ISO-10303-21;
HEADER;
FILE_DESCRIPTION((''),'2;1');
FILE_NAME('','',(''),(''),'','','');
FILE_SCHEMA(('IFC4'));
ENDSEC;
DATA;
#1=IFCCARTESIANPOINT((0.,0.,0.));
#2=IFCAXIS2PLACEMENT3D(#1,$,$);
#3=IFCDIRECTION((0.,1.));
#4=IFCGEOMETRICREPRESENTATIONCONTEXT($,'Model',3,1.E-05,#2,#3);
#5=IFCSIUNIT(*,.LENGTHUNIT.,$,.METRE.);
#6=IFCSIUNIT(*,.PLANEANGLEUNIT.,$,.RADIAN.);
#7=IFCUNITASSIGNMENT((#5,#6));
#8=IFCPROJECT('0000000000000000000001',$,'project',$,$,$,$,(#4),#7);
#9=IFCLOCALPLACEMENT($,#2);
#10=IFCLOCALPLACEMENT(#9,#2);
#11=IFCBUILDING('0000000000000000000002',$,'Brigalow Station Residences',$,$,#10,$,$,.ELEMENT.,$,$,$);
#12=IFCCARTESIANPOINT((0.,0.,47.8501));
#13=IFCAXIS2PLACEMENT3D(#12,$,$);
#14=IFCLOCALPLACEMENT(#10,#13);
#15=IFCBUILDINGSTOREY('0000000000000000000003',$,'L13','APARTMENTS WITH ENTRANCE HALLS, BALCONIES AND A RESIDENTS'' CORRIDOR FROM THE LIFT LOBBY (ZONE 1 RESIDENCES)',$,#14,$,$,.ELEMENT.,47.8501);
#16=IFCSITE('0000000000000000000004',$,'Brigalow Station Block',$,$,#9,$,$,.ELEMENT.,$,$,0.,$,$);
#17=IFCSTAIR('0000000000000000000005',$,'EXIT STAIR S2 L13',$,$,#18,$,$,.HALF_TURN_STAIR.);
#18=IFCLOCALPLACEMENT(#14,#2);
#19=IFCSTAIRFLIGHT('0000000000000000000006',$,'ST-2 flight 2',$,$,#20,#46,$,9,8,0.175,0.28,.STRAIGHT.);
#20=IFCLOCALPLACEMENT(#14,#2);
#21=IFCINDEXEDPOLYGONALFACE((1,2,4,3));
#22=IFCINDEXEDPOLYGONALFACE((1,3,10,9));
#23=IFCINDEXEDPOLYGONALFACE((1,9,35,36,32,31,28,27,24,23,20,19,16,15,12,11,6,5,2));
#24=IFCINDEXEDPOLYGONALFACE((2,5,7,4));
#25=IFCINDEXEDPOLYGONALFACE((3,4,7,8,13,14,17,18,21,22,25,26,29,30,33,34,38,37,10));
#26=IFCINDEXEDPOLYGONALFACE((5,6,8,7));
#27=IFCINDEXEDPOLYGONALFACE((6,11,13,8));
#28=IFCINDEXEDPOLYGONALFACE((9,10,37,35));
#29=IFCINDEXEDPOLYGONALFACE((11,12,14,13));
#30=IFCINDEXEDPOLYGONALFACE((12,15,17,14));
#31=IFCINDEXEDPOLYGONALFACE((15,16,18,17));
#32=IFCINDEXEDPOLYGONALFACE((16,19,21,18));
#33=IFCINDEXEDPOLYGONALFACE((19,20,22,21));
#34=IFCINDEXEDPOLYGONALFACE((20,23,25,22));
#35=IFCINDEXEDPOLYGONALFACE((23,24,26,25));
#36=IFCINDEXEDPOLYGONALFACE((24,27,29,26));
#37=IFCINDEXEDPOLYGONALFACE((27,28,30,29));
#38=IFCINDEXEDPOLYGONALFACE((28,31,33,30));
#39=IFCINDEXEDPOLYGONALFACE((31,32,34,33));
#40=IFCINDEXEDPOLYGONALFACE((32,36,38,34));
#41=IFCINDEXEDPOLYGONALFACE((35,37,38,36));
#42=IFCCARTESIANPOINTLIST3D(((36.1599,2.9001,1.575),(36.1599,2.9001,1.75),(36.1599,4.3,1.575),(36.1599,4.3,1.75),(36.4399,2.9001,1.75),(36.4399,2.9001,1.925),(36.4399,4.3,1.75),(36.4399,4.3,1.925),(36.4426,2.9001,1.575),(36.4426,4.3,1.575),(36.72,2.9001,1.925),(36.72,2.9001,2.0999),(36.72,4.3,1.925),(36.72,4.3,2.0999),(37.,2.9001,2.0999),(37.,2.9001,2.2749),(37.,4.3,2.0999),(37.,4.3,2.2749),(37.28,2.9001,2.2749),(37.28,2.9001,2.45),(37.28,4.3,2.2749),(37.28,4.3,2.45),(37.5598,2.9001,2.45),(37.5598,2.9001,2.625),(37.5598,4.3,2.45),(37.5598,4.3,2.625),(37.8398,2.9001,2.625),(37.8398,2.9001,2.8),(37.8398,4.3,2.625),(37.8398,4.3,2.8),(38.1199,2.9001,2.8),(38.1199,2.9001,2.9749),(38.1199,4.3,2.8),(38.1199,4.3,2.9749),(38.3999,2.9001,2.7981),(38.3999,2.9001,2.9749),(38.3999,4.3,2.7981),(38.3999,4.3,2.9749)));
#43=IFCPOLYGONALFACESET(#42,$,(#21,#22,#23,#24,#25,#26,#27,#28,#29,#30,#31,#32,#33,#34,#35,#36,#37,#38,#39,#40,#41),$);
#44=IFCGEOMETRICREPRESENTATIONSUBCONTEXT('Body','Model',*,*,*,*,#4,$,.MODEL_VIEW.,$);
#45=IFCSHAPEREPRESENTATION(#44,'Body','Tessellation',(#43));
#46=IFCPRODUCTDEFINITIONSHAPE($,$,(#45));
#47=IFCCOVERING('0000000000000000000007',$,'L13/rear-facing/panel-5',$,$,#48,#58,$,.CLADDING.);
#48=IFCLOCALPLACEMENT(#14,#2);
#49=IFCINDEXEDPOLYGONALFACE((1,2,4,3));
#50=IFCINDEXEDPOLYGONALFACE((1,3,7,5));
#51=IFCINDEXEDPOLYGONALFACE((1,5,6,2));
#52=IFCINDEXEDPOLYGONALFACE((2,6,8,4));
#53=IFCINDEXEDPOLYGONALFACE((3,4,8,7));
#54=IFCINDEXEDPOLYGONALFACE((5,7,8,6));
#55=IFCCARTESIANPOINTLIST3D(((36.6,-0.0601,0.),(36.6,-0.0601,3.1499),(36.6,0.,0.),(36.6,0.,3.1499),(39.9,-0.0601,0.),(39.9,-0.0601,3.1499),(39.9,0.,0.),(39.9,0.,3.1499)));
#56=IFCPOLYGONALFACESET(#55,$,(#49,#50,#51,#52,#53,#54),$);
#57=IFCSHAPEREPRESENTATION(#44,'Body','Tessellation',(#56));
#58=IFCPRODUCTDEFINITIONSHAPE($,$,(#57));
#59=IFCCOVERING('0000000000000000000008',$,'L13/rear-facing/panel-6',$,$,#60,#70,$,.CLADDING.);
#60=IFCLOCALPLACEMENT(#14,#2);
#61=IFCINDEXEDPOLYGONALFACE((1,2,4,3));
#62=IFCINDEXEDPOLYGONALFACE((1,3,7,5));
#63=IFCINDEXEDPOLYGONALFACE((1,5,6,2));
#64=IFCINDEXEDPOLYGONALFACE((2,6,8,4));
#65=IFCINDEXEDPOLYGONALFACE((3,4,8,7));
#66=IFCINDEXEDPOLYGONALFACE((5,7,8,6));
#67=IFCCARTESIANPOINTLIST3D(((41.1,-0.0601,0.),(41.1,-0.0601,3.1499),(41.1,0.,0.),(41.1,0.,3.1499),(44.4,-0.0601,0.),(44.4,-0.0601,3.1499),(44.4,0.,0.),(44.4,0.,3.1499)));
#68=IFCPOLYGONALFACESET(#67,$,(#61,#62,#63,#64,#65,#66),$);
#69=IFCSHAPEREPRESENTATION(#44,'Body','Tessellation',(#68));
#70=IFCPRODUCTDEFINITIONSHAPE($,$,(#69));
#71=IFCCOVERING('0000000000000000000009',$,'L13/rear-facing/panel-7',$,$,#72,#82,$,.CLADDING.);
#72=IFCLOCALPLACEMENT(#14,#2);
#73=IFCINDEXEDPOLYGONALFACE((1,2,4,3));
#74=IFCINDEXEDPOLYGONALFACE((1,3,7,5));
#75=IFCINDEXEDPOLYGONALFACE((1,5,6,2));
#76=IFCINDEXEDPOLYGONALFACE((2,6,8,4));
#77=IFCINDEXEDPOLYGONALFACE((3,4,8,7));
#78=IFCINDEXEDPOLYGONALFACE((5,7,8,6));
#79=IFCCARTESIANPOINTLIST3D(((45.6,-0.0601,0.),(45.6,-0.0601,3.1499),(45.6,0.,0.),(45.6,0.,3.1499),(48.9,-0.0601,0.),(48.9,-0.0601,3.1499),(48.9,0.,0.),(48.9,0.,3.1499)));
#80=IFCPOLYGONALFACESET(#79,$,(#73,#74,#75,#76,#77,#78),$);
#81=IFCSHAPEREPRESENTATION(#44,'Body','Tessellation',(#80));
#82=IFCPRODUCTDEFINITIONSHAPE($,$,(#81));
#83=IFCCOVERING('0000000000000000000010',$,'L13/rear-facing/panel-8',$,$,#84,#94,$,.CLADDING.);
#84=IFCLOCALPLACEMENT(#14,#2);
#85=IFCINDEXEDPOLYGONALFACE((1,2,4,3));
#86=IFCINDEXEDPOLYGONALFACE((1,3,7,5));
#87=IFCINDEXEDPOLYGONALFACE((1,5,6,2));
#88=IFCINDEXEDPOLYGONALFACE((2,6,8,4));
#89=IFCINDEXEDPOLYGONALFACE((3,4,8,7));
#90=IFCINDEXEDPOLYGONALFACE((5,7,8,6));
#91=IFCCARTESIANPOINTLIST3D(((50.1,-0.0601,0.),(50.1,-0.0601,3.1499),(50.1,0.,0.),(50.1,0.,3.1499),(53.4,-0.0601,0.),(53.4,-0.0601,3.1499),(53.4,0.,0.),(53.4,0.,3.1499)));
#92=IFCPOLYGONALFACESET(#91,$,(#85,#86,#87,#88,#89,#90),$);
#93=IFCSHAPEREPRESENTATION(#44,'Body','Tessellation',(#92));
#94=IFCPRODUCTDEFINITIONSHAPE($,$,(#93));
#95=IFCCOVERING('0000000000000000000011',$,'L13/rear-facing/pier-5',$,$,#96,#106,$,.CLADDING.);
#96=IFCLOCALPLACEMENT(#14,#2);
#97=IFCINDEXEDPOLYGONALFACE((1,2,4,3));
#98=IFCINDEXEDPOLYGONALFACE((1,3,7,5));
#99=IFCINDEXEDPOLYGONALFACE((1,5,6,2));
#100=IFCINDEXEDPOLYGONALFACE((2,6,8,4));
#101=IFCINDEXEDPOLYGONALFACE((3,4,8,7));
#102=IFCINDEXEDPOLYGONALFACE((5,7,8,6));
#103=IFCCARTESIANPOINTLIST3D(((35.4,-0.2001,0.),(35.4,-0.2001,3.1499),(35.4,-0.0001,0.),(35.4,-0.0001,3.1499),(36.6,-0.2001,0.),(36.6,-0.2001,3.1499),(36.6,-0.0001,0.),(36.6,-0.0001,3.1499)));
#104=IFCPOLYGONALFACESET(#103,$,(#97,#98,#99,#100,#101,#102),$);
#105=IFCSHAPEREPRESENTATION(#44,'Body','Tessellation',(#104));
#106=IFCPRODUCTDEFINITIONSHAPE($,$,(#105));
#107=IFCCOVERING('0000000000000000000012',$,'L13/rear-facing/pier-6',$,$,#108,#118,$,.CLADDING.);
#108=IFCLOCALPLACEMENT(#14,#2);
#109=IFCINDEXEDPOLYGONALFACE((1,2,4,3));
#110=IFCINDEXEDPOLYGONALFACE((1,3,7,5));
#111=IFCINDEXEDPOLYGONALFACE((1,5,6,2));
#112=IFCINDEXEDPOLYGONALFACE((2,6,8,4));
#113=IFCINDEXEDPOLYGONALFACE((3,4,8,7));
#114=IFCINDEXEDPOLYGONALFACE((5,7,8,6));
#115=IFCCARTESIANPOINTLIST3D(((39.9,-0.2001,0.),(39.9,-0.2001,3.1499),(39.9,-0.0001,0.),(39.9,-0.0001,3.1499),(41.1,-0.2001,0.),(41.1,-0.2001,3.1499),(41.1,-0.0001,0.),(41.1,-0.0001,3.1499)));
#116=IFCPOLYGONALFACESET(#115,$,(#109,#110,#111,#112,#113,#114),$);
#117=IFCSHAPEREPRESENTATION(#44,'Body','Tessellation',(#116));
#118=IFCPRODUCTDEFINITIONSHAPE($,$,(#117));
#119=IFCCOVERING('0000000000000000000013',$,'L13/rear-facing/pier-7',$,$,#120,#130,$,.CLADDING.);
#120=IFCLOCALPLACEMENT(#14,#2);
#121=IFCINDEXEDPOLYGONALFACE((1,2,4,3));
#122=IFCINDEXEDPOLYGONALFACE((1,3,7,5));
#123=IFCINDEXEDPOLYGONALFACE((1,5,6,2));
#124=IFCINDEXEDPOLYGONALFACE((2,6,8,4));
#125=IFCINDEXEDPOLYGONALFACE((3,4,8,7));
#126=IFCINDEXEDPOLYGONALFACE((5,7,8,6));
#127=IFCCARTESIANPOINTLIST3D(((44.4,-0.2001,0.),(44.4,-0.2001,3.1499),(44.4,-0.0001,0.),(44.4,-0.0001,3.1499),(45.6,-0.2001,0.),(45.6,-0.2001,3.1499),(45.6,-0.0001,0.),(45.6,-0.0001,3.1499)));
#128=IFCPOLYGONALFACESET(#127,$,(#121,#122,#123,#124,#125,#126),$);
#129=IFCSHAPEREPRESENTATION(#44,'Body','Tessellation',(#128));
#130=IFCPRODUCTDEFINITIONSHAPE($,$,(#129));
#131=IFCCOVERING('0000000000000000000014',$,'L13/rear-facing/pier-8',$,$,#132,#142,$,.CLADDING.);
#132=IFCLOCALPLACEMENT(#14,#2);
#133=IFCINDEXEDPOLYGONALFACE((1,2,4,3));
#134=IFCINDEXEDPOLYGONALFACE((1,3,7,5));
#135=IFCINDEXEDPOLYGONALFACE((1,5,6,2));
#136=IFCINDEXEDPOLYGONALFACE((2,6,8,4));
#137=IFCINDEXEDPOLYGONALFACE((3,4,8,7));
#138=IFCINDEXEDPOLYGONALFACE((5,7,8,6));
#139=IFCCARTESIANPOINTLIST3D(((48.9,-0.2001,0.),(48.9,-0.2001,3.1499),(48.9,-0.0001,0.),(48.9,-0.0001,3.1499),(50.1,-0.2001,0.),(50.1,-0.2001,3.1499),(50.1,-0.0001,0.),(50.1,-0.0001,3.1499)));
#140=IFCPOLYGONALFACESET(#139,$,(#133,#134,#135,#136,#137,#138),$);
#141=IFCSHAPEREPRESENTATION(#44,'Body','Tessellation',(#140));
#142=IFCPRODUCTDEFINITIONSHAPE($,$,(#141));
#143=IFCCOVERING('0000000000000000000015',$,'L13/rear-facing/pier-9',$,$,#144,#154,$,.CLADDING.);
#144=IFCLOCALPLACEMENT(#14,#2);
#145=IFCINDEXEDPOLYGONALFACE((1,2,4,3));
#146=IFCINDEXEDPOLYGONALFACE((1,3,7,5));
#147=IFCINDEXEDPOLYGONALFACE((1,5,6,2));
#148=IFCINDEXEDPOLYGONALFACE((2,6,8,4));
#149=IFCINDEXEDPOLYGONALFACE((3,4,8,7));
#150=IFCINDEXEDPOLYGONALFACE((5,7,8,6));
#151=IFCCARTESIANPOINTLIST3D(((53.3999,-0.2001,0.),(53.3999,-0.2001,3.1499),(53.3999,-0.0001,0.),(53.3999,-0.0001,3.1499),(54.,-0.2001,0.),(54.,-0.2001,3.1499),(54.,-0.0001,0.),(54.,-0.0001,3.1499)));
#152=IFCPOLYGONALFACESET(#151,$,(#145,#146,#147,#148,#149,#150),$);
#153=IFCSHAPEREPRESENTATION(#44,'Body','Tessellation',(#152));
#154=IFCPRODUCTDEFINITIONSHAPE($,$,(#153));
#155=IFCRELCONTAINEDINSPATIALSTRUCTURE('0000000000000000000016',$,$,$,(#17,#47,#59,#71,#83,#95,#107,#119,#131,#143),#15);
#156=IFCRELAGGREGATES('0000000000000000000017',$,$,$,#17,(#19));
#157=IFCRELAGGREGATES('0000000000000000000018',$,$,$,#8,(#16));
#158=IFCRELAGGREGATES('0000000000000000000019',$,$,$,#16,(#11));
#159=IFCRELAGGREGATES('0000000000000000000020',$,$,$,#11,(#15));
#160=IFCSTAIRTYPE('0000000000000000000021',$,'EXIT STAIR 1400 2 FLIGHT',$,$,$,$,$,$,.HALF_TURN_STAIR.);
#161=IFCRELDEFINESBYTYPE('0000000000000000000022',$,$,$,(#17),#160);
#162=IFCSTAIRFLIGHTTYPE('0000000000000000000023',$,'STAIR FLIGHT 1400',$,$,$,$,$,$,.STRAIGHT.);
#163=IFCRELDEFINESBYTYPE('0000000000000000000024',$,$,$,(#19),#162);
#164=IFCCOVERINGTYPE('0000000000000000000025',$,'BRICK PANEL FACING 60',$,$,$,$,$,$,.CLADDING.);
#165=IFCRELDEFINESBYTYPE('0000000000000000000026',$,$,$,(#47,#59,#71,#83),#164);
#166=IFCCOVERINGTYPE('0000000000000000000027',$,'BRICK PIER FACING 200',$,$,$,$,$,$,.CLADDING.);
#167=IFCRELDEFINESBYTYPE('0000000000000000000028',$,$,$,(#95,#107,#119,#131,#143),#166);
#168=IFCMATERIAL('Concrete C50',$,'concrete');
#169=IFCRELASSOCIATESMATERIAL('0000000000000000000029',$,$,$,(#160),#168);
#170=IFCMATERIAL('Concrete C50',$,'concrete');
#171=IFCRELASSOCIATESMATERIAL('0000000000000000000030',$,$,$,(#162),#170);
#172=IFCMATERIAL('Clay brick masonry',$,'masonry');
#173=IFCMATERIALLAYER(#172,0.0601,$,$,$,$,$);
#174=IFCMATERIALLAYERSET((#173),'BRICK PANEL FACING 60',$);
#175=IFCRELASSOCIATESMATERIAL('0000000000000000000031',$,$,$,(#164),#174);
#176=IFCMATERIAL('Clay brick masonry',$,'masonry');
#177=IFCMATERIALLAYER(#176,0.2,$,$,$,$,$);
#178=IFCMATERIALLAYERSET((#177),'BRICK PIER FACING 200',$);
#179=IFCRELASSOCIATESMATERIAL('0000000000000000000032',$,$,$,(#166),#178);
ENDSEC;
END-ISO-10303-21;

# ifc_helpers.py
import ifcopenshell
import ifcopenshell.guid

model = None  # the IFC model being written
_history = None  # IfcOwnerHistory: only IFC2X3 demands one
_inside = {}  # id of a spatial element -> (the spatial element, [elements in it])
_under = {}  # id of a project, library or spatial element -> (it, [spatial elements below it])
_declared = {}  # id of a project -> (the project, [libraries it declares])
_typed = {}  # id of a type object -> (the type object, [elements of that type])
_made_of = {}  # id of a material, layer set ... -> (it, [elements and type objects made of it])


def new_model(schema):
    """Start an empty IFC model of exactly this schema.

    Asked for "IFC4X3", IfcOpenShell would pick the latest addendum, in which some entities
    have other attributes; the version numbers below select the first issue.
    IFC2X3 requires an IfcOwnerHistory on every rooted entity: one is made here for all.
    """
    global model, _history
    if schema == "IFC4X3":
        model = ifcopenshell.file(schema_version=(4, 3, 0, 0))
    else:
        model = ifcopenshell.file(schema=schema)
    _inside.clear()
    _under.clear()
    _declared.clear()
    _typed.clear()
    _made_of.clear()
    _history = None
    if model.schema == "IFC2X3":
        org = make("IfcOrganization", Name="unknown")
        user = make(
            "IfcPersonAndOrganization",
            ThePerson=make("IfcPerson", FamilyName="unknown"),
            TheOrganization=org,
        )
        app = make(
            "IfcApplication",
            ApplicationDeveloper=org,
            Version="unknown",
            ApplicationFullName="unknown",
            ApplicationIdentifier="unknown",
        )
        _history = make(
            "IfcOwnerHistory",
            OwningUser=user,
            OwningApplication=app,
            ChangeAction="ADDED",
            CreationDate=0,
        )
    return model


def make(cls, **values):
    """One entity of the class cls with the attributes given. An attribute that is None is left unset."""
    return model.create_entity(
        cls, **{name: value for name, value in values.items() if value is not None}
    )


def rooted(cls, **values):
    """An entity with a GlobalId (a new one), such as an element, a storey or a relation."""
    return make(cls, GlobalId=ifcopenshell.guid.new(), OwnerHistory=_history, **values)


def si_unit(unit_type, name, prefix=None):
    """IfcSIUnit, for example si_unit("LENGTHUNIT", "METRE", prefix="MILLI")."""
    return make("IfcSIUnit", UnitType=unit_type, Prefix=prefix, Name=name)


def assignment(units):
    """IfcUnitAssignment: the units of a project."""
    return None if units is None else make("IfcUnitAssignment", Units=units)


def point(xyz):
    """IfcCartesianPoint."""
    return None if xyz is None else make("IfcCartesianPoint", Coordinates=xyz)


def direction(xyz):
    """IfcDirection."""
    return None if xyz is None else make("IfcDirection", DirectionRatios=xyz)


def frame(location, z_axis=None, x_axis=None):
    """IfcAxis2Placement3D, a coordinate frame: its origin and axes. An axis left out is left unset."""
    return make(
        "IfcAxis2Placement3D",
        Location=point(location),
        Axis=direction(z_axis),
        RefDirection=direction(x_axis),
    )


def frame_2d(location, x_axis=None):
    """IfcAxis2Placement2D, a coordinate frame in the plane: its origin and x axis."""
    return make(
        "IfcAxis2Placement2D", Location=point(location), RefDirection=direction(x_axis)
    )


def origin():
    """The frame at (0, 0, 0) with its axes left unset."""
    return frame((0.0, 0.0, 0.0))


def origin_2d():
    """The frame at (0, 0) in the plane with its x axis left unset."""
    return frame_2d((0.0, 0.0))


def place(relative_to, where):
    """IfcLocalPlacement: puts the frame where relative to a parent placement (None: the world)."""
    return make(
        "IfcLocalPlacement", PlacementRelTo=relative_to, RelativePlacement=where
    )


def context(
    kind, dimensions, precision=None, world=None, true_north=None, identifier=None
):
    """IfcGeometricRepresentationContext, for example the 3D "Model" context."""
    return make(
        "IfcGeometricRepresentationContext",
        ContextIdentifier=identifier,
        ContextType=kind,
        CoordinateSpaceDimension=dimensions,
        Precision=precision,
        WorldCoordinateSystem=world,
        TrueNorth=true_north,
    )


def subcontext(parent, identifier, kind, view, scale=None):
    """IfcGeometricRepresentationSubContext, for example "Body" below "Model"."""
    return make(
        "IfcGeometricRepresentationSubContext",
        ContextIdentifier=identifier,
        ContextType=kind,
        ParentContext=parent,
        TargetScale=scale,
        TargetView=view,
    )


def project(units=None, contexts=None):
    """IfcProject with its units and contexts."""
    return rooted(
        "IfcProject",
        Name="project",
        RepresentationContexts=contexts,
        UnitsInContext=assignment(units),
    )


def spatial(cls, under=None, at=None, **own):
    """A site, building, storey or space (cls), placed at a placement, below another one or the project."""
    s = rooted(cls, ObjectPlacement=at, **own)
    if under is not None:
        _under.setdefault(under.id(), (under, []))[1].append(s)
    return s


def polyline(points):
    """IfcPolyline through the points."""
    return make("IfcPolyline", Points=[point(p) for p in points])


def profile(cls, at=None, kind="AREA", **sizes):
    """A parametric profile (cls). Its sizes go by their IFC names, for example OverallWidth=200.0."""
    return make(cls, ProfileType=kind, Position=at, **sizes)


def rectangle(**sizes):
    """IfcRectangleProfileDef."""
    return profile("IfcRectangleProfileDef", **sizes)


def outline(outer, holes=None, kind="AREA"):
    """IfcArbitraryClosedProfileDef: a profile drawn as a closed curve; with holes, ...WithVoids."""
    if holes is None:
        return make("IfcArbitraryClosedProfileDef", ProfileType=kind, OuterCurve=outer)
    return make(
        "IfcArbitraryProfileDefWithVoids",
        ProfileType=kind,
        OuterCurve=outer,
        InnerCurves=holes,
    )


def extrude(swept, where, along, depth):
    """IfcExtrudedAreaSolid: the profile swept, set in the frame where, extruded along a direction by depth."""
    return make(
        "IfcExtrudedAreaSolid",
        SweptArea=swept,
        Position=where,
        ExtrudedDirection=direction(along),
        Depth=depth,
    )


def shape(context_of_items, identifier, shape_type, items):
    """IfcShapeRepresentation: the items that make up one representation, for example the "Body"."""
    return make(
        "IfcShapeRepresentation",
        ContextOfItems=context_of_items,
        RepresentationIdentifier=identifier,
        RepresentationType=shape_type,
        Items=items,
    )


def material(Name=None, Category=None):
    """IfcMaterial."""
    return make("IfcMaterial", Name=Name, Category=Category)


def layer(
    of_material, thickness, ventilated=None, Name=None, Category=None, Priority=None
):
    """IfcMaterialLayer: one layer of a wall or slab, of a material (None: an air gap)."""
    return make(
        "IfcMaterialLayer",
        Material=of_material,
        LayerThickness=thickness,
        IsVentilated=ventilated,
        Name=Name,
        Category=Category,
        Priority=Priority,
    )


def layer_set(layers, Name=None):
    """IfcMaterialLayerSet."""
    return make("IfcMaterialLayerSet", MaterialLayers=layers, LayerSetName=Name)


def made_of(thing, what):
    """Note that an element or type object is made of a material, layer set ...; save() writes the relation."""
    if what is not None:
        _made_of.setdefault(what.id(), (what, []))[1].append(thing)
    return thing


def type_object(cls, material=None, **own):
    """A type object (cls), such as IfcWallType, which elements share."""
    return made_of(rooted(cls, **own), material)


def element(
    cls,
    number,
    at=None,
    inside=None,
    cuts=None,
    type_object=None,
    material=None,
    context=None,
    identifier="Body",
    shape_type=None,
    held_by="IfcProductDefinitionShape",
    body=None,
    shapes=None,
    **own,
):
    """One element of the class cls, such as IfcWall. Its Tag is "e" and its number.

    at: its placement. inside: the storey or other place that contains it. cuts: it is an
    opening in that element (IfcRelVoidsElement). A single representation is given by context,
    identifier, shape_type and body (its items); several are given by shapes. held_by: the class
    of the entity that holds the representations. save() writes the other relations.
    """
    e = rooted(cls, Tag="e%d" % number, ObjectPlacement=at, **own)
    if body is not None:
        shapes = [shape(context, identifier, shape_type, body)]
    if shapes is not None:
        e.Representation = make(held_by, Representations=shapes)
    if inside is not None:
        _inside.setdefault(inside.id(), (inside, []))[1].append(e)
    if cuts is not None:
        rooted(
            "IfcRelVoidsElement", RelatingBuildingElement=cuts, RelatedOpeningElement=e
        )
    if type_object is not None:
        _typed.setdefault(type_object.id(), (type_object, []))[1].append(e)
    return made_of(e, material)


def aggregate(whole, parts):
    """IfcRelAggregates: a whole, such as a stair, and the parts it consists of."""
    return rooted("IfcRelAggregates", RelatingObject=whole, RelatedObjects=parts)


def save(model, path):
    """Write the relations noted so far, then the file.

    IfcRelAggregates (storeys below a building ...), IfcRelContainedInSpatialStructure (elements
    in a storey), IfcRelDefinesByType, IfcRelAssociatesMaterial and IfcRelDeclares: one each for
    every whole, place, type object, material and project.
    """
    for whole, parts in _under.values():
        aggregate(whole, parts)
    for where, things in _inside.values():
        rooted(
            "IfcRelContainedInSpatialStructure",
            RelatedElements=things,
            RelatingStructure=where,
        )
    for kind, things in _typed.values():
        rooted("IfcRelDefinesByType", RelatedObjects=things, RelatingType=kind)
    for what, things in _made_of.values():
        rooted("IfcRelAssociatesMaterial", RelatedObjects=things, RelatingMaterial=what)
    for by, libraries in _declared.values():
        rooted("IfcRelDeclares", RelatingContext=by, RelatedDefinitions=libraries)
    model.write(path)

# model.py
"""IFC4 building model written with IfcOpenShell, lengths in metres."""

from ifc_helpers import new_model, si_unit, direction, frame, origin, origin_2d, place, context, subcontext, project, spatial, polyline, rectangle, outline, extrude, material, layer, layer_set, type_object, element, aggregate, save


model = new_model("IFC4")

# Units and contexts
model_context = context("Model", 3, precision=1e-05, world=origin(), true_north=direction((0.0, 1.0)))
body_context = subcontext(model_context, "Body", "Model", "MODEL_VIEW")
ifc_project = project(units=[si_unit("LENGTHUNIT", "METRE"), si_unit("PLANEANGLEUNIT", "RADIAN")], contexts=[model_context])

# Site, building, storey
site_placement = place(None, origin())
site = spatial("IfcSite", under=ifc_project, at=site_placement, Name="Brigalow Station Block", CompositionType="ELEMENT", RefElevation=0.0)
building_placement = place(site_placement, origin())
building = spatial("IfcBuilding", under=site, at=building_placement, Name="Brigalow Station Residences", CompositionType="ELEMENT")
storey_placement = place(building_placement, frame((0.0, 0.0, 47.8501)))
storey = spatial("IfcBuildingStorey", under=building, at=storey_placement, Name="L13", Description="APARTMENTS WITH ENTRANCE HALLS, BALCONIES AND A RESIDENTS' CORRIDOR FROM THE LIFT LOBBY (ZONE 1 RESIDENCES)", CompositionType="ELEMENT", Elevation=47.8501)

# Stair, stair flight
ifc_material_1 = material(Name="Concrete C50", Category="concrete")
stair_type = type_object("IfcStairType", Name="EXIT STAIR 1400 2 FLIGHT", PredefinedType="HALF_TURN_STAIR", material=ifc_material_1)
stair_placement = place(storey_placement, origin())
stair = element("IfcStair", 1, at=stair_placement, inside=storey, type_object=stair_type, Name="EXIT STAIR S2 L13", PredefinedType="HALF_TURN_STAIR")
ifc_material_2 = material(Name="Concrete C50", Category="concrete")
stair_flight_type = type_object("IfcStairFlightType", Name="STAIR FLIGHT 1400", PredefinedType="STRAIGHT", material=ifc_material_2)
stair_flight_1_placement = place(storey_placement, frame((36.1599, 3.6001, 1.575), z_axis=(0.0, 0.0, 1.0), x_axis=(1.0, 0.0, 0.0)))
stair_flight_1 = element("IfcStairFlight", 2, at=stair_flight_1_placement, type_object=stair_flight_type, Name="ST-2 flight 2", NumberOfRisers=9, NumberOfTreads=8, PredefinedType="STRAIGHT", RiserHeight=0.175, TreadLength=0.28, context=body_context, shape_type="SweptSolid", body=[
    extrude(outline(polyline([(0.0, 0.0), (0.0, 0.175), (0.28, 0.175), (0.28, 0.3501), (0.5601, 0.3501), (0.5601, 0.5249), (0.8401, 0.5249), (0.8401, 0.7), (1.1201, 0.7), (1.1201, 0.875), (1.3999, 0.875), (1.3999, 1.05), (1.6799, 1.05), (1.6799, 1.2251), (1.96, 1.2251), (1.96, 1.3999), (2.24, 1.3999), (2.24, 1.575), (2.24, 1.2231), (0.2827, 0.0), (0.0, 0.0)])), frame((0.0, 0.7, 0.0), z_axis=(0.0, -1.0, 0.0), x_axis=(1.0, 0.0, 0.0)), (0.0, 0.0, 1.0), 1.3999),
])
aggregate(stair, [stair_flight_1])

# Coverings
ifc_material_3 = material(Name="Clay brick masonry", Category="masonry")
ifc_layer_1 = layer(ifc_material_3, 0.0601)
ifc_layer_set_1 = layer_set([ifc_layer_1], Name="BRICK PANEL FACING 60")
covering_type_1 = type_object("IfcCoveringType", Name="BRICK PANEL FACING 60", PredefinedType="CLADDING", material=ifc_layer_set_1)
for number, where, z_axis, x_axis, name in (
    (3, (38.25, -0.03, 0.0), (0.0, 0.0, 1.0), (1.0, 0.0, 0.0), "L13/rear-facing/panel-5"),
    (4, (42.75, -0.03, 0.0), (0.0, 0.0, 1.0), (1.0, 0.0, 0.0), "L13/rear-facing/panel-6"),
    (5, (47.25, -0.03, 0.0), (0.0, 0.0, 1.0), (1.0, 0.0, 0.0), "L13/rear-facing/panel-7"),
    (6, (51.75, -0.03, 0.0), (0.0, 0.0, 1.0), (1.0, 0.0, 0.0), "L13/rear-facing/panel-8"),
):
    element("IfcCovering", number, at=place(storey_placement, frame(where, z_axis=z_axis, x_axis=x_axis)), inside=storey, type_object=covering_type_1, Name=name, PredefinedType="CLADDING", context=body_context, shape_type="SweptSolid", body=[
        extrude(rectangle(XDim=3.3, YDim=0.0601, at=origin_2d()), origin(), (0.0, 0.0, 1.0), 3.1499),
    ])
ifc_material_4 = material(Name="Clay brick masonry", Category="masonry")
ifc_layer_2 = layer(ifc_material_4, 0.2)
ifc_layer_set_2 = layer_set([ifc_layer_2], Name="BRICK PIER FACING 200")
covering_type_2 = type_object("IfcCoveringType", Name="BRICK PIER FACING 200", PredefinedType="CLADDING", material=ifc_layer_set_2)
for number, where, z_axis, x_axis, name in (
    (7, (36.0, -0.1001, 0.0), (0.0, 0.0, 1.0), (1.0, 0.0, 0.0), "L13/rear-facing/pier-5"),
    (8, (40.5, -0.1001, 0.0), (0.0, 0.0, 1.0), (1.0, 0.0, 0.0), "L13/rear-facing/pier-6"),
    (9, (45.0, -0.1001, 0.0), (0.0, 0.0, 1.0), (1.0, 0.0, 0.0), "L13/rear-facing/pier-7"),
    (10, (49.5, -0.1001, 0.0), (0.0, 0.0, 1.0), (1.0, 0.0, 0.0), "L13/rear-facing/pier-8"),
):
    element("IfcCovering", number, at=place(storey_placement, frame(where, z_axis=z_axis, x_axis=x_axis)), inside=storey, type_object=covering_type_2, Name=name, PredefinedType="CLADDING", context=body_context, shape_type="SweptSolid", body=[
        extrude(rectangle(XDim=1.2, YDim=0.2, at=origin_2d()), origin(), (0.0, 0.0, 1.0), 3.1499),
    ])
covering_placement = place(storey_placement, frame((53.7, -0.1001, 0.0), z_axis=(0.0, 0.0, 1.0), x_axis=(1.0, 0.0, 0.0)))
element("IfcCovering", 11, at=covering_placement, inside=storey, type_object=covering_type_2, Name="L13/rear-facing/pier-9", PredefinedType="CLADDING", context=body_context, shape_type="SweptSolid", body=[
    extrude(rectangle(XDim=0.6001, YDim=0.2, at=origin_2d()), origin(), (0.0, 0.0, 1.0), 3.1499),
])

save(model, "model.ifc")
